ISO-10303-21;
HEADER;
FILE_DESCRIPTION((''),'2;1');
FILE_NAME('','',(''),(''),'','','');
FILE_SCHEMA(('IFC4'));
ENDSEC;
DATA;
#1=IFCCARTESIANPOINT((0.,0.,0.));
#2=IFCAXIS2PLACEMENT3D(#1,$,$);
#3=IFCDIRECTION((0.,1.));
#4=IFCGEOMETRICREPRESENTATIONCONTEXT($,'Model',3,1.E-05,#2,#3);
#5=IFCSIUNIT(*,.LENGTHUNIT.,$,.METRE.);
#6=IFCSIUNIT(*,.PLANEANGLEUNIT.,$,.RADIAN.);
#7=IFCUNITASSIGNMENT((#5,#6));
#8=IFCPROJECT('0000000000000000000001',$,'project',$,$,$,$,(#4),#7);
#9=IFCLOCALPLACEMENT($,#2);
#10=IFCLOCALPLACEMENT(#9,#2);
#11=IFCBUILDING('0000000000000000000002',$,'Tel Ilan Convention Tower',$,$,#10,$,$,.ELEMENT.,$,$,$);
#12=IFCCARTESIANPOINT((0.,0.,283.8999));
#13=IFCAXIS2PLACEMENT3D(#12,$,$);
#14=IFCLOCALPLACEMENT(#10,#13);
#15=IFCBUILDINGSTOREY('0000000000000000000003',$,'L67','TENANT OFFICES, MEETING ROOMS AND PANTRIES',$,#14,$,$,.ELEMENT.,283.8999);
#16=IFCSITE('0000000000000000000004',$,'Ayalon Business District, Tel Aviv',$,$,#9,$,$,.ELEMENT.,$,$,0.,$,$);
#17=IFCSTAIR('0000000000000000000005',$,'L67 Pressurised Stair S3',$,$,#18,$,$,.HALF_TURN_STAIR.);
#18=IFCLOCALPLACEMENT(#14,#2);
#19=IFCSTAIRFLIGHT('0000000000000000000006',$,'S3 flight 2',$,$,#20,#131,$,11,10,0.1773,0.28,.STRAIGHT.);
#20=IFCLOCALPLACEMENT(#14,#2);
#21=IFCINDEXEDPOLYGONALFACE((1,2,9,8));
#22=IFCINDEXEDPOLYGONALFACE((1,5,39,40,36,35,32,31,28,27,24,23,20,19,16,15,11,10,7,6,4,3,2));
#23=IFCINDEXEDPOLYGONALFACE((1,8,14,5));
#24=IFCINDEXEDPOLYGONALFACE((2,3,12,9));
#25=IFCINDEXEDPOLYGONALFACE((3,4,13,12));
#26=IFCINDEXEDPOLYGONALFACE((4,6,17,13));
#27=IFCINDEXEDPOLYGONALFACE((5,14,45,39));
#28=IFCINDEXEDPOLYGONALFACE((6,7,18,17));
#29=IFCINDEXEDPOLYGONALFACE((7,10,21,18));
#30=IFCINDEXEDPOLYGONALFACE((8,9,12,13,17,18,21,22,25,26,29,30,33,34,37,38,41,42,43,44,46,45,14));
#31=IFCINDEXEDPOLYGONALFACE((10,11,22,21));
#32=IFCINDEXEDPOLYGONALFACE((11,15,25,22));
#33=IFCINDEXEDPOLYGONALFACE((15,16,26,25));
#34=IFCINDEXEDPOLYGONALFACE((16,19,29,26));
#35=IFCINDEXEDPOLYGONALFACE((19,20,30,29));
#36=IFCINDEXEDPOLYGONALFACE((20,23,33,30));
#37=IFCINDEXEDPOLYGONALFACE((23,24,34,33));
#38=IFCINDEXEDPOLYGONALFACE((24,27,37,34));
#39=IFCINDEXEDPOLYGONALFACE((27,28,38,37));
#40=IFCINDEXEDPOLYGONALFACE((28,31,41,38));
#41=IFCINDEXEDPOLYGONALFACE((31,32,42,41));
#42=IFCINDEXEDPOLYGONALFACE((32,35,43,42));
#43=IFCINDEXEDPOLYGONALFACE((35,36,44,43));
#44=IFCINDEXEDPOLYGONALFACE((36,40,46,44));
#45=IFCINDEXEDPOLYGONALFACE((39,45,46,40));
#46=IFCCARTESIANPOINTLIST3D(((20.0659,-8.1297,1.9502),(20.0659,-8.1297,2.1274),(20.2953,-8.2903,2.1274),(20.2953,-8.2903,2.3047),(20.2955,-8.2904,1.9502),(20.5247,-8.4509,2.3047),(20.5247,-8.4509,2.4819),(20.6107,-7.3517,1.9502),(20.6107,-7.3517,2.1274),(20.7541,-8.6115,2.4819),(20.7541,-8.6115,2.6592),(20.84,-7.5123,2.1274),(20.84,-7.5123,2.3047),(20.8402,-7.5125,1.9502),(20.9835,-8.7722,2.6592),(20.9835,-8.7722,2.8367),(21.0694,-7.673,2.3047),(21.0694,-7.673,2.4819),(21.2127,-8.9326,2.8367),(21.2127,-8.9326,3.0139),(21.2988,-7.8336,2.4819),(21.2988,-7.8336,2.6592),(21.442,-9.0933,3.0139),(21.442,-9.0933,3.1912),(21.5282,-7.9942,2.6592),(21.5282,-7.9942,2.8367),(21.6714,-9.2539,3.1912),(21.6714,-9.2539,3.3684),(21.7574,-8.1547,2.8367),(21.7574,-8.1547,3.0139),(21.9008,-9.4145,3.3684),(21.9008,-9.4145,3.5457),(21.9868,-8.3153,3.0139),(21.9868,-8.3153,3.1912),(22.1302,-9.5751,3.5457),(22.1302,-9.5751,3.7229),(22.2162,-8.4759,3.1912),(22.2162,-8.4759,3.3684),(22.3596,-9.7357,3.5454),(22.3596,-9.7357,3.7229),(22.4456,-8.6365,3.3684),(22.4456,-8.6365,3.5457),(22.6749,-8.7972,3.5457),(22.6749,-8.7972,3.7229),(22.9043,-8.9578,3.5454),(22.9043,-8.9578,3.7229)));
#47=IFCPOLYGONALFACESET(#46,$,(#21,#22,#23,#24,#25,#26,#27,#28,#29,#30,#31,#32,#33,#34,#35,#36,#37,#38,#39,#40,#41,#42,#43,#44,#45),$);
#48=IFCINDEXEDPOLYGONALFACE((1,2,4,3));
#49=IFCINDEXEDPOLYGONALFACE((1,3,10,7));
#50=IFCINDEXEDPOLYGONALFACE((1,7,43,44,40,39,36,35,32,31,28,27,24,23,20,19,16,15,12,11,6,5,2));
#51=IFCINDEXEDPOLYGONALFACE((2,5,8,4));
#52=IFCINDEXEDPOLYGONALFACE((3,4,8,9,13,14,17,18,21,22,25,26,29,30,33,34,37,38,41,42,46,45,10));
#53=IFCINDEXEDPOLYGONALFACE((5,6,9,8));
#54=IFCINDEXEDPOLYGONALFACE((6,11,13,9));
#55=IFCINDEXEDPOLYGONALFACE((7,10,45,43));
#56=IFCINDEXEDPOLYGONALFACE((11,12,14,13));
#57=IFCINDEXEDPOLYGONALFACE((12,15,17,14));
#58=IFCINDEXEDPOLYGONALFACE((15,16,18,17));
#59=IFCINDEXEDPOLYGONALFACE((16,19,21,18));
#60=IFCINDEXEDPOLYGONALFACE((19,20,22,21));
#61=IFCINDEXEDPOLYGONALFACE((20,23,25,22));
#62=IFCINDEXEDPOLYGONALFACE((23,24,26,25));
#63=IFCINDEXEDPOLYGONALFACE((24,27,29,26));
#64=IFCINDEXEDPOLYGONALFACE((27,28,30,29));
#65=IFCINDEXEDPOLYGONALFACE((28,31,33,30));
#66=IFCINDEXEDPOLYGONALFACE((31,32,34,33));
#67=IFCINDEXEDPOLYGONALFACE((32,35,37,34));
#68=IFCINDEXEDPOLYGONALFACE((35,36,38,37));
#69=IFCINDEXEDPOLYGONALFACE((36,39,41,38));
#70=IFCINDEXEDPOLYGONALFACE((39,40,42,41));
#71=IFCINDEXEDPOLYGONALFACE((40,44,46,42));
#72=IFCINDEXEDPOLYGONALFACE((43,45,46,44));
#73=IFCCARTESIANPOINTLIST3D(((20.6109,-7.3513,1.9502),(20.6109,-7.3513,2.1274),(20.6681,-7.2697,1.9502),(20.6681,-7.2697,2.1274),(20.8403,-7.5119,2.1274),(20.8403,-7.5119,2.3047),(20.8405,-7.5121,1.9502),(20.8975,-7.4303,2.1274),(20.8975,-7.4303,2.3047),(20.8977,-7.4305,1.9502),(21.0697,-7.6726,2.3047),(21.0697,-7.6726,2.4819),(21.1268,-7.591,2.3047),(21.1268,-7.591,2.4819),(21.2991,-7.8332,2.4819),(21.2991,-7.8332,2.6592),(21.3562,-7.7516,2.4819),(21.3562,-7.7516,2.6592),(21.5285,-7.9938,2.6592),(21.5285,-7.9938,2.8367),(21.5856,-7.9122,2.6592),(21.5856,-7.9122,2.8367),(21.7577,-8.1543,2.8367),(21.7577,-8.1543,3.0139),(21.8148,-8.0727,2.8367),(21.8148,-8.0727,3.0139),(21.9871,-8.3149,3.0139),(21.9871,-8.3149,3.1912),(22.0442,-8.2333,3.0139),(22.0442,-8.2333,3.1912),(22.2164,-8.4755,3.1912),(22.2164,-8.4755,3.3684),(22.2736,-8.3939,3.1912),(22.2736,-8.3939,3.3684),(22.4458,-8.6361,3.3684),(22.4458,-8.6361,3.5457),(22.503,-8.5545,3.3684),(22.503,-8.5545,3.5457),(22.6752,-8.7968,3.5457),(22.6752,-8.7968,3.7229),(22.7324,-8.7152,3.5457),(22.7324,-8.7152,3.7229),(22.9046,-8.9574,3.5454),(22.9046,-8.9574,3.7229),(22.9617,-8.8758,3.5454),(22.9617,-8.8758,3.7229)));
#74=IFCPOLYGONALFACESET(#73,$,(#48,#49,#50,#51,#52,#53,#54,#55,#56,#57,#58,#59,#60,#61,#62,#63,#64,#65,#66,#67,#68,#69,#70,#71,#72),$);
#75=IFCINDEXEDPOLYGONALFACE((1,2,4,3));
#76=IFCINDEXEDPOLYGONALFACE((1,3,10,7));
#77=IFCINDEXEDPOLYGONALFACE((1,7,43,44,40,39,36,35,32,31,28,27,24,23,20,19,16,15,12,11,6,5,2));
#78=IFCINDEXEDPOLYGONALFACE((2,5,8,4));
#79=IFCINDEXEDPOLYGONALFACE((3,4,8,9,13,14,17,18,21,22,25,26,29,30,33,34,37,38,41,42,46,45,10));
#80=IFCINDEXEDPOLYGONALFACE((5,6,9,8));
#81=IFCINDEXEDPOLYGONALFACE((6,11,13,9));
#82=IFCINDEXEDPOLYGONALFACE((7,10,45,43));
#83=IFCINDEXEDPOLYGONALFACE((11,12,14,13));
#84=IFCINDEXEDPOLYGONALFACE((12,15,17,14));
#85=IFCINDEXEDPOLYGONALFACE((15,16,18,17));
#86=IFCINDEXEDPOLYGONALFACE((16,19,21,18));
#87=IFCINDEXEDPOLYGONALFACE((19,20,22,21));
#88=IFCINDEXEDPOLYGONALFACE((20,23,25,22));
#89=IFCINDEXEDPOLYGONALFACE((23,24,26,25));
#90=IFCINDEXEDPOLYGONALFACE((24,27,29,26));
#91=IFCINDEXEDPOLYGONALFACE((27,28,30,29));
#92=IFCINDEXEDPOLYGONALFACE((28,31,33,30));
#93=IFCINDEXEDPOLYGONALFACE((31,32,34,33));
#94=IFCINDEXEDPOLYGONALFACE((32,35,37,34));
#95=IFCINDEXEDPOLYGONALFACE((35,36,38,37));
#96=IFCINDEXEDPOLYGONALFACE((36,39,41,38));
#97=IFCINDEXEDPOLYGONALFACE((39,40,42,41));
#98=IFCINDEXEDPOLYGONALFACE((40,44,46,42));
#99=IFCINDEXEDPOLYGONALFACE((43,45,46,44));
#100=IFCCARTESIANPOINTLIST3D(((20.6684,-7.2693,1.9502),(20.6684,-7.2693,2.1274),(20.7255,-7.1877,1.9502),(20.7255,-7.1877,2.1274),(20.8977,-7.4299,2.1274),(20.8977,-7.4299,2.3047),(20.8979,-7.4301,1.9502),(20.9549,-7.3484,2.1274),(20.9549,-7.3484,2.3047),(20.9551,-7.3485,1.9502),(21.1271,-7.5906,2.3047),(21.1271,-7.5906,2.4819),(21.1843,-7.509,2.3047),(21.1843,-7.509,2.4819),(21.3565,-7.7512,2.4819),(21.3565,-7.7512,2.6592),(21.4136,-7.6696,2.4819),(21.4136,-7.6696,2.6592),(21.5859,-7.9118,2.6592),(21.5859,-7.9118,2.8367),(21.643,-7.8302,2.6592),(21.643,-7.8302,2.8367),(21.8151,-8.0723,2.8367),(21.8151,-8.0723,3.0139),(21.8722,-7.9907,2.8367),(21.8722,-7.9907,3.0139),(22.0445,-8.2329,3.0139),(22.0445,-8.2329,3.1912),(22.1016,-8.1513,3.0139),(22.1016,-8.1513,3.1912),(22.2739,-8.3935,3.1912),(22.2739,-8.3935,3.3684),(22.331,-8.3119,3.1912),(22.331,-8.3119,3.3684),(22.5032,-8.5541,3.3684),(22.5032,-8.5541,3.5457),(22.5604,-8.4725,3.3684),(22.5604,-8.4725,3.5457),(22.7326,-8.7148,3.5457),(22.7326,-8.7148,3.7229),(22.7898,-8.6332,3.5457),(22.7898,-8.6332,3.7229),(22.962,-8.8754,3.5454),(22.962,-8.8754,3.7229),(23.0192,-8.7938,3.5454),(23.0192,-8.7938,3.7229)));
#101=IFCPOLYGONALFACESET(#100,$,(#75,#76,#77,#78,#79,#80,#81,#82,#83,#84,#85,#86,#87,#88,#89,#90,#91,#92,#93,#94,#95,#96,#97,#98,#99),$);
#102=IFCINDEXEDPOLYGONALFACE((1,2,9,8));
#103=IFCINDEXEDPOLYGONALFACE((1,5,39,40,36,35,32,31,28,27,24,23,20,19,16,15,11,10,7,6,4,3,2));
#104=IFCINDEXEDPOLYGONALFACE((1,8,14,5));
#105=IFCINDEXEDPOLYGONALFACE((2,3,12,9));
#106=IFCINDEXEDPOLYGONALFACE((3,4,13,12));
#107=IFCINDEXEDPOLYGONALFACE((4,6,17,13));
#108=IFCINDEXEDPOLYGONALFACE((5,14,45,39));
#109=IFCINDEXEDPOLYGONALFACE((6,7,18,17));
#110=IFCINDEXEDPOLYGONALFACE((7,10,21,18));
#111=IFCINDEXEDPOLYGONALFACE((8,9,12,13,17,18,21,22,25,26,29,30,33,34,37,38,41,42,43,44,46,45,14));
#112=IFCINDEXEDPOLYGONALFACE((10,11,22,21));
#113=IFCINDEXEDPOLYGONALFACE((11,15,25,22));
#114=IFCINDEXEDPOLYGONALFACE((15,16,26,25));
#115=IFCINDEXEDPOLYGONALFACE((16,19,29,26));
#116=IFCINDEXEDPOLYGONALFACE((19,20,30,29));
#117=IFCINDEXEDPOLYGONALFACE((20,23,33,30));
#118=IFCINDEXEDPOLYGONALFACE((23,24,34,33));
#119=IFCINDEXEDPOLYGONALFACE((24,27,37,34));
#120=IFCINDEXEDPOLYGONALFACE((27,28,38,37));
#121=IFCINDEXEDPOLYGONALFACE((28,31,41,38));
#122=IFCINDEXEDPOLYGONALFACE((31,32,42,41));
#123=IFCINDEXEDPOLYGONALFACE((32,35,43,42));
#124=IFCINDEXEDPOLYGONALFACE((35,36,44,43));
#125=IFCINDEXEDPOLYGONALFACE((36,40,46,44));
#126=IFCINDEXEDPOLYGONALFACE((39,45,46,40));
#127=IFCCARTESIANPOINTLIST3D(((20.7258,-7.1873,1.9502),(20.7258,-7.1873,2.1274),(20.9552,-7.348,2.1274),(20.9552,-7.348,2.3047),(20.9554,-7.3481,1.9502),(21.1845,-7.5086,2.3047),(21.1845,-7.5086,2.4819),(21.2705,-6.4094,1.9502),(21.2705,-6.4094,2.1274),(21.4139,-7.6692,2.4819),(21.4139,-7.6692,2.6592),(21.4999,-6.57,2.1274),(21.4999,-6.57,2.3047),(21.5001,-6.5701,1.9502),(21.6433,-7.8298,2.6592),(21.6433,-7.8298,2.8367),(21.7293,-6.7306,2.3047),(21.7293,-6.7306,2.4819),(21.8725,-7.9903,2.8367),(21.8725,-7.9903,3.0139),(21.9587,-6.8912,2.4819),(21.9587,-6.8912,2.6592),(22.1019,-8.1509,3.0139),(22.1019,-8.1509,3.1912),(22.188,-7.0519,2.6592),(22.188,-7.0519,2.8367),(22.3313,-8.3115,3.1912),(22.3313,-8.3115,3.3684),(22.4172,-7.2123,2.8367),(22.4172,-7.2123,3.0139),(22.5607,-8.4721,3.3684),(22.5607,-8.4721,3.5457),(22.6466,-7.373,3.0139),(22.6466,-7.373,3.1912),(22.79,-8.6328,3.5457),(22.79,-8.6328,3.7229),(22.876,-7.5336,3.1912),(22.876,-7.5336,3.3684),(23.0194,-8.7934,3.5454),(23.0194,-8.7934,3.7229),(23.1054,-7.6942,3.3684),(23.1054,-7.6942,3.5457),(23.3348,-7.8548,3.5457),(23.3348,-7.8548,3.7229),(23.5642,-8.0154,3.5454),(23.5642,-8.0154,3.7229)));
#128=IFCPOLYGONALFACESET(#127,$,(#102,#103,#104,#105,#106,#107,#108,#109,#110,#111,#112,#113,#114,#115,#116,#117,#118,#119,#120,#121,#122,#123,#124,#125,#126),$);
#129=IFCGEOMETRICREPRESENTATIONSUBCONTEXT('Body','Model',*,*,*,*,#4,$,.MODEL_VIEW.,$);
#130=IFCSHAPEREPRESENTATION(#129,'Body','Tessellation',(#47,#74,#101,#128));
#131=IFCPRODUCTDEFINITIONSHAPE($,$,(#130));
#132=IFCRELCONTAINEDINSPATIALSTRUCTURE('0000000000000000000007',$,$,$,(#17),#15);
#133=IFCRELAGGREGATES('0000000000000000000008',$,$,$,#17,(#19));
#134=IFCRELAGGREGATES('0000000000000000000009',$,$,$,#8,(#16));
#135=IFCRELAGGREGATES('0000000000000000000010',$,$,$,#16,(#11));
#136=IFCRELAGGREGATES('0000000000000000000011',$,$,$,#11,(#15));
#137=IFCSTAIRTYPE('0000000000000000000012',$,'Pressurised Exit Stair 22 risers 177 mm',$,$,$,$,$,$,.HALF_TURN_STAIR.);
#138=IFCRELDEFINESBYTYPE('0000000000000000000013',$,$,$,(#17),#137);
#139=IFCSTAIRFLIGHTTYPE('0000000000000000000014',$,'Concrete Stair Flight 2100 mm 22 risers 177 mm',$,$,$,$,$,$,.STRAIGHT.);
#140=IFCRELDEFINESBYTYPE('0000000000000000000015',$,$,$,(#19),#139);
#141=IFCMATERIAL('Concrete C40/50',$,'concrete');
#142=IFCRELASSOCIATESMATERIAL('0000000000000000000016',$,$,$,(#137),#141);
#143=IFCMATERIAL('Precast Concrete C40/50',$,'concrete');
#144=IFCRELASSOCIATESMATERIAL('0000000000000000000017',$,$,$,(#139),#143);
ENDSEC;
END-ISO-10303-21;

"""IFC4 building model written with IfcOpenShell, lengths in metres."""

from ifc_helpers import new_model, si_unit, direction, frame, origin, place, context, subcontext, project, spatial, polyline, outline, extrude, material, type_object, element, aggregate, save


model = new_model("IFC4")

# Units and contexts
model_context = context("Model", 3, precision=1e-05, world=origin(), true_north=direction((0.0, 1.0)))
body_context = subcontext(model_context, "Body", "Model", "MODEL_VIEW")
ifc_project = project(units=[si_unit("LENGTHUNIT", "METRE"), si_unit("PLANEANGLEUNIT", "RADIAN")], contexts=[model_context])

# Site, building, storey
site_placement = place(None, origin())
site = spatial("IfcSite", under=ifc_project, at=site_placement, Name="Ayalon Business District, Tel Aviv", CompositionType="ELEMENT", RefElevation=0.0)
building_placement = place(site_placement, origin())
building = spatial("IfcBuilding", under=site, at=building_placement, Name="Tel Ilan Convention Tower", CompositionType="ELEMENT")
storey_placement = place(building_placement, frame((0.0, 0.0, 283.8999)))
storey = spatial("IfcBuildingStorey", under=building, at=storey_placement, Name="L67", Description="TENANT OFFICES, MEETING ROOMS AND PANTRIES", CompositionType="ELEMENT", Elevation=283.8999)

# Stair, stair flight
ifc_material_1 = material(Name="Concrete C40/50", Category="concrete")
stair_type = type_object("IfcStairType", Name="Pressurised Exit Stair 22 risers 177 mm", PredefinedType="HALF_TURN_STAIR", material=ifc_material_1)
stair_1_placement = place(storey_placement, origin())
stair_1 = element("IfcStair", 1, at=stair_1_placement, inside=storey, type_object=stair_type, Name="L67 Pressurised Stair S3", PredefinedType="HALF_TURN_STAIR")
ifc_material_2 = material(Name="Precast Concrete C40/50", Category="concrete")
stair_flight_type = type_object("IfcStairFlightType", Name="Concrete Stair Flight 2100 mm 22 risers 177 mm", PredefinedType="STRAIGHT", material=ifc_material_2)
stair_flight_1_placement = place(storey_placement, frame((20.6682, -7.2695, 1.9502), z_axis=(0.0, 0.0, 1.0), x_axis=(0.819152, -0.573576, 0.0)))
stair_flight_1 = element("IfcStairFlight", 2, at=stair_flight_1_placement, type_object=stair_flight_type, Name="S3 flight 2", NumberOfRisers=11, NumberOfTreads=10, PredefinedType="STRAIGHT", RiserHeight=0.1773, TreadLength=0.28, context=body_context, shape_type="SweptSolid", body=[
    extrude(outline(polyline([(0.0, 0.0), (0.0, 0.1772), (0.28, 0.1772), (0.28, 0.3545), (0.5601, 0.3545), (0.5601, 0.5317), (0.8401, 0.5317), (0.8401, 0.709), (1.1201, 0.709), (1.1201, 0.8865), (1.3999, 0.8865), (1.3999, 1.0637), (1.6799, 1.0637), (1.6799, 1.241), (1.96, 1.241), (1.96, 1.4182), (2.24, 1.4182), (2.24, 1.5955), (2.52, 1.5955), (2.52, 1.7727), (2.8, 1.7727), (2.8, 1.95), (2.8, 1.5952), (0.2803, 0.0), (0.0, 0.0)])), frame((0.0, -0.1003, 0.0), z_axis=(0.0, -1.0, 0.0), x_axis=(1.0, 0.0, 0.0)), (0.0, 0.0, 1.0), 0.9497),
    extrude(outline(polyline([(0.0, 0.0), (0.0, 0.1772), (0.28, 0.1772), (0.28, 0.3545), (0.5601, 0.3545), (0.5601, 0.5317), (0.8401, 0.5317), (0.8401, 0.709), (1.1201, 0.709), (1.1201, 0.8865), (1.3999, 0.8865), (1.3999, 1.0637), (1.6799, 1.0637), (1.6799, 1.241), (1.96, 1.241), (1.96, 1.4182), (2.24, 1.4182), (2.24, 1.5955), (2.52, 1.5955), (2.52, 1.7727), (2.8, 1.7727), (2.8, 1.95), (2.8, 1.5952), (0.2803, 0.0), (0.0, 0.0)])), frame((0.0, -0.0002, 0.0), z_axis=(0.0, -1.0, 0.0), x_axis=(1.0, 0.0, 0.0)), (0.0, 0.0, 1.0), 0.0996),
    extrude(outline(polyline([(0.0, 0.0), (0.0, 0.1772), (0.28, 0.1772), (0.28, 0.3545), (0.5601, 0.3545), (0.5601, 0.5317), (0.8401, 0.5317), (0.8401, 0.709), (1.1201, 0.709), (1.1201, 0.8865), (1.3999, 0.8865), (1.3999, 1.0637), (1.6799, 1.0637), (1.6799, 1.241), (1.96, 1.241), (1.96, 1.4182), (2.24, 1.4182), (2.24, 1.5955), (2.52, 1.5955), (2.52, 1.7727), (2.8, 1.7727), (2.8, 1.95), (2.8, 1.5952), (0.2803, 0.0), (0.0, 0.0)])), frame((0.0, 0.0999, 0.0), z_axis=(0.0, -1.0, 0.0), x_axis=(1.0, 0.0, 0.0)), (0.0, 0.0, 1.0), 0.0996),
    extrude(outline(polyline([(0.0, 0.0), (0.0, 0.1772), (0.28, 0.1772), (0.28, 0.3545), (0.5601, 0.3545), (0.5601, 0.5317), (0.8401, 0.5317), (0.8401, 0.709), (1.1201, 0.709), (1.1201, 0.8865), (1.3999, 0.8865), (1.3999, 1.0637), (1.6799, 1.0637), (1.6799, 1.241), (1.96, 1.241), (1.96, 1.4182), (2.24, 1.4182), (2.24, 1.5955), (2.52, 1.5955), (2.52, 1.7727), (2.8, 1.7727), (2.8, 1.95), (2.8, 1.5952), (0.2803, 0.0), (0.0, 0.0)])), frame((0.0, 1.05, 0.0), z_axis=(0.0, -1.0, 0.0), x_axis=(1.0, 0.0, 0.0)), (0.0, 0.0, 1.0), 0.9497),
])
aggregate(stair_1, [stair_flight_1])

save(model, "model.ifc")
